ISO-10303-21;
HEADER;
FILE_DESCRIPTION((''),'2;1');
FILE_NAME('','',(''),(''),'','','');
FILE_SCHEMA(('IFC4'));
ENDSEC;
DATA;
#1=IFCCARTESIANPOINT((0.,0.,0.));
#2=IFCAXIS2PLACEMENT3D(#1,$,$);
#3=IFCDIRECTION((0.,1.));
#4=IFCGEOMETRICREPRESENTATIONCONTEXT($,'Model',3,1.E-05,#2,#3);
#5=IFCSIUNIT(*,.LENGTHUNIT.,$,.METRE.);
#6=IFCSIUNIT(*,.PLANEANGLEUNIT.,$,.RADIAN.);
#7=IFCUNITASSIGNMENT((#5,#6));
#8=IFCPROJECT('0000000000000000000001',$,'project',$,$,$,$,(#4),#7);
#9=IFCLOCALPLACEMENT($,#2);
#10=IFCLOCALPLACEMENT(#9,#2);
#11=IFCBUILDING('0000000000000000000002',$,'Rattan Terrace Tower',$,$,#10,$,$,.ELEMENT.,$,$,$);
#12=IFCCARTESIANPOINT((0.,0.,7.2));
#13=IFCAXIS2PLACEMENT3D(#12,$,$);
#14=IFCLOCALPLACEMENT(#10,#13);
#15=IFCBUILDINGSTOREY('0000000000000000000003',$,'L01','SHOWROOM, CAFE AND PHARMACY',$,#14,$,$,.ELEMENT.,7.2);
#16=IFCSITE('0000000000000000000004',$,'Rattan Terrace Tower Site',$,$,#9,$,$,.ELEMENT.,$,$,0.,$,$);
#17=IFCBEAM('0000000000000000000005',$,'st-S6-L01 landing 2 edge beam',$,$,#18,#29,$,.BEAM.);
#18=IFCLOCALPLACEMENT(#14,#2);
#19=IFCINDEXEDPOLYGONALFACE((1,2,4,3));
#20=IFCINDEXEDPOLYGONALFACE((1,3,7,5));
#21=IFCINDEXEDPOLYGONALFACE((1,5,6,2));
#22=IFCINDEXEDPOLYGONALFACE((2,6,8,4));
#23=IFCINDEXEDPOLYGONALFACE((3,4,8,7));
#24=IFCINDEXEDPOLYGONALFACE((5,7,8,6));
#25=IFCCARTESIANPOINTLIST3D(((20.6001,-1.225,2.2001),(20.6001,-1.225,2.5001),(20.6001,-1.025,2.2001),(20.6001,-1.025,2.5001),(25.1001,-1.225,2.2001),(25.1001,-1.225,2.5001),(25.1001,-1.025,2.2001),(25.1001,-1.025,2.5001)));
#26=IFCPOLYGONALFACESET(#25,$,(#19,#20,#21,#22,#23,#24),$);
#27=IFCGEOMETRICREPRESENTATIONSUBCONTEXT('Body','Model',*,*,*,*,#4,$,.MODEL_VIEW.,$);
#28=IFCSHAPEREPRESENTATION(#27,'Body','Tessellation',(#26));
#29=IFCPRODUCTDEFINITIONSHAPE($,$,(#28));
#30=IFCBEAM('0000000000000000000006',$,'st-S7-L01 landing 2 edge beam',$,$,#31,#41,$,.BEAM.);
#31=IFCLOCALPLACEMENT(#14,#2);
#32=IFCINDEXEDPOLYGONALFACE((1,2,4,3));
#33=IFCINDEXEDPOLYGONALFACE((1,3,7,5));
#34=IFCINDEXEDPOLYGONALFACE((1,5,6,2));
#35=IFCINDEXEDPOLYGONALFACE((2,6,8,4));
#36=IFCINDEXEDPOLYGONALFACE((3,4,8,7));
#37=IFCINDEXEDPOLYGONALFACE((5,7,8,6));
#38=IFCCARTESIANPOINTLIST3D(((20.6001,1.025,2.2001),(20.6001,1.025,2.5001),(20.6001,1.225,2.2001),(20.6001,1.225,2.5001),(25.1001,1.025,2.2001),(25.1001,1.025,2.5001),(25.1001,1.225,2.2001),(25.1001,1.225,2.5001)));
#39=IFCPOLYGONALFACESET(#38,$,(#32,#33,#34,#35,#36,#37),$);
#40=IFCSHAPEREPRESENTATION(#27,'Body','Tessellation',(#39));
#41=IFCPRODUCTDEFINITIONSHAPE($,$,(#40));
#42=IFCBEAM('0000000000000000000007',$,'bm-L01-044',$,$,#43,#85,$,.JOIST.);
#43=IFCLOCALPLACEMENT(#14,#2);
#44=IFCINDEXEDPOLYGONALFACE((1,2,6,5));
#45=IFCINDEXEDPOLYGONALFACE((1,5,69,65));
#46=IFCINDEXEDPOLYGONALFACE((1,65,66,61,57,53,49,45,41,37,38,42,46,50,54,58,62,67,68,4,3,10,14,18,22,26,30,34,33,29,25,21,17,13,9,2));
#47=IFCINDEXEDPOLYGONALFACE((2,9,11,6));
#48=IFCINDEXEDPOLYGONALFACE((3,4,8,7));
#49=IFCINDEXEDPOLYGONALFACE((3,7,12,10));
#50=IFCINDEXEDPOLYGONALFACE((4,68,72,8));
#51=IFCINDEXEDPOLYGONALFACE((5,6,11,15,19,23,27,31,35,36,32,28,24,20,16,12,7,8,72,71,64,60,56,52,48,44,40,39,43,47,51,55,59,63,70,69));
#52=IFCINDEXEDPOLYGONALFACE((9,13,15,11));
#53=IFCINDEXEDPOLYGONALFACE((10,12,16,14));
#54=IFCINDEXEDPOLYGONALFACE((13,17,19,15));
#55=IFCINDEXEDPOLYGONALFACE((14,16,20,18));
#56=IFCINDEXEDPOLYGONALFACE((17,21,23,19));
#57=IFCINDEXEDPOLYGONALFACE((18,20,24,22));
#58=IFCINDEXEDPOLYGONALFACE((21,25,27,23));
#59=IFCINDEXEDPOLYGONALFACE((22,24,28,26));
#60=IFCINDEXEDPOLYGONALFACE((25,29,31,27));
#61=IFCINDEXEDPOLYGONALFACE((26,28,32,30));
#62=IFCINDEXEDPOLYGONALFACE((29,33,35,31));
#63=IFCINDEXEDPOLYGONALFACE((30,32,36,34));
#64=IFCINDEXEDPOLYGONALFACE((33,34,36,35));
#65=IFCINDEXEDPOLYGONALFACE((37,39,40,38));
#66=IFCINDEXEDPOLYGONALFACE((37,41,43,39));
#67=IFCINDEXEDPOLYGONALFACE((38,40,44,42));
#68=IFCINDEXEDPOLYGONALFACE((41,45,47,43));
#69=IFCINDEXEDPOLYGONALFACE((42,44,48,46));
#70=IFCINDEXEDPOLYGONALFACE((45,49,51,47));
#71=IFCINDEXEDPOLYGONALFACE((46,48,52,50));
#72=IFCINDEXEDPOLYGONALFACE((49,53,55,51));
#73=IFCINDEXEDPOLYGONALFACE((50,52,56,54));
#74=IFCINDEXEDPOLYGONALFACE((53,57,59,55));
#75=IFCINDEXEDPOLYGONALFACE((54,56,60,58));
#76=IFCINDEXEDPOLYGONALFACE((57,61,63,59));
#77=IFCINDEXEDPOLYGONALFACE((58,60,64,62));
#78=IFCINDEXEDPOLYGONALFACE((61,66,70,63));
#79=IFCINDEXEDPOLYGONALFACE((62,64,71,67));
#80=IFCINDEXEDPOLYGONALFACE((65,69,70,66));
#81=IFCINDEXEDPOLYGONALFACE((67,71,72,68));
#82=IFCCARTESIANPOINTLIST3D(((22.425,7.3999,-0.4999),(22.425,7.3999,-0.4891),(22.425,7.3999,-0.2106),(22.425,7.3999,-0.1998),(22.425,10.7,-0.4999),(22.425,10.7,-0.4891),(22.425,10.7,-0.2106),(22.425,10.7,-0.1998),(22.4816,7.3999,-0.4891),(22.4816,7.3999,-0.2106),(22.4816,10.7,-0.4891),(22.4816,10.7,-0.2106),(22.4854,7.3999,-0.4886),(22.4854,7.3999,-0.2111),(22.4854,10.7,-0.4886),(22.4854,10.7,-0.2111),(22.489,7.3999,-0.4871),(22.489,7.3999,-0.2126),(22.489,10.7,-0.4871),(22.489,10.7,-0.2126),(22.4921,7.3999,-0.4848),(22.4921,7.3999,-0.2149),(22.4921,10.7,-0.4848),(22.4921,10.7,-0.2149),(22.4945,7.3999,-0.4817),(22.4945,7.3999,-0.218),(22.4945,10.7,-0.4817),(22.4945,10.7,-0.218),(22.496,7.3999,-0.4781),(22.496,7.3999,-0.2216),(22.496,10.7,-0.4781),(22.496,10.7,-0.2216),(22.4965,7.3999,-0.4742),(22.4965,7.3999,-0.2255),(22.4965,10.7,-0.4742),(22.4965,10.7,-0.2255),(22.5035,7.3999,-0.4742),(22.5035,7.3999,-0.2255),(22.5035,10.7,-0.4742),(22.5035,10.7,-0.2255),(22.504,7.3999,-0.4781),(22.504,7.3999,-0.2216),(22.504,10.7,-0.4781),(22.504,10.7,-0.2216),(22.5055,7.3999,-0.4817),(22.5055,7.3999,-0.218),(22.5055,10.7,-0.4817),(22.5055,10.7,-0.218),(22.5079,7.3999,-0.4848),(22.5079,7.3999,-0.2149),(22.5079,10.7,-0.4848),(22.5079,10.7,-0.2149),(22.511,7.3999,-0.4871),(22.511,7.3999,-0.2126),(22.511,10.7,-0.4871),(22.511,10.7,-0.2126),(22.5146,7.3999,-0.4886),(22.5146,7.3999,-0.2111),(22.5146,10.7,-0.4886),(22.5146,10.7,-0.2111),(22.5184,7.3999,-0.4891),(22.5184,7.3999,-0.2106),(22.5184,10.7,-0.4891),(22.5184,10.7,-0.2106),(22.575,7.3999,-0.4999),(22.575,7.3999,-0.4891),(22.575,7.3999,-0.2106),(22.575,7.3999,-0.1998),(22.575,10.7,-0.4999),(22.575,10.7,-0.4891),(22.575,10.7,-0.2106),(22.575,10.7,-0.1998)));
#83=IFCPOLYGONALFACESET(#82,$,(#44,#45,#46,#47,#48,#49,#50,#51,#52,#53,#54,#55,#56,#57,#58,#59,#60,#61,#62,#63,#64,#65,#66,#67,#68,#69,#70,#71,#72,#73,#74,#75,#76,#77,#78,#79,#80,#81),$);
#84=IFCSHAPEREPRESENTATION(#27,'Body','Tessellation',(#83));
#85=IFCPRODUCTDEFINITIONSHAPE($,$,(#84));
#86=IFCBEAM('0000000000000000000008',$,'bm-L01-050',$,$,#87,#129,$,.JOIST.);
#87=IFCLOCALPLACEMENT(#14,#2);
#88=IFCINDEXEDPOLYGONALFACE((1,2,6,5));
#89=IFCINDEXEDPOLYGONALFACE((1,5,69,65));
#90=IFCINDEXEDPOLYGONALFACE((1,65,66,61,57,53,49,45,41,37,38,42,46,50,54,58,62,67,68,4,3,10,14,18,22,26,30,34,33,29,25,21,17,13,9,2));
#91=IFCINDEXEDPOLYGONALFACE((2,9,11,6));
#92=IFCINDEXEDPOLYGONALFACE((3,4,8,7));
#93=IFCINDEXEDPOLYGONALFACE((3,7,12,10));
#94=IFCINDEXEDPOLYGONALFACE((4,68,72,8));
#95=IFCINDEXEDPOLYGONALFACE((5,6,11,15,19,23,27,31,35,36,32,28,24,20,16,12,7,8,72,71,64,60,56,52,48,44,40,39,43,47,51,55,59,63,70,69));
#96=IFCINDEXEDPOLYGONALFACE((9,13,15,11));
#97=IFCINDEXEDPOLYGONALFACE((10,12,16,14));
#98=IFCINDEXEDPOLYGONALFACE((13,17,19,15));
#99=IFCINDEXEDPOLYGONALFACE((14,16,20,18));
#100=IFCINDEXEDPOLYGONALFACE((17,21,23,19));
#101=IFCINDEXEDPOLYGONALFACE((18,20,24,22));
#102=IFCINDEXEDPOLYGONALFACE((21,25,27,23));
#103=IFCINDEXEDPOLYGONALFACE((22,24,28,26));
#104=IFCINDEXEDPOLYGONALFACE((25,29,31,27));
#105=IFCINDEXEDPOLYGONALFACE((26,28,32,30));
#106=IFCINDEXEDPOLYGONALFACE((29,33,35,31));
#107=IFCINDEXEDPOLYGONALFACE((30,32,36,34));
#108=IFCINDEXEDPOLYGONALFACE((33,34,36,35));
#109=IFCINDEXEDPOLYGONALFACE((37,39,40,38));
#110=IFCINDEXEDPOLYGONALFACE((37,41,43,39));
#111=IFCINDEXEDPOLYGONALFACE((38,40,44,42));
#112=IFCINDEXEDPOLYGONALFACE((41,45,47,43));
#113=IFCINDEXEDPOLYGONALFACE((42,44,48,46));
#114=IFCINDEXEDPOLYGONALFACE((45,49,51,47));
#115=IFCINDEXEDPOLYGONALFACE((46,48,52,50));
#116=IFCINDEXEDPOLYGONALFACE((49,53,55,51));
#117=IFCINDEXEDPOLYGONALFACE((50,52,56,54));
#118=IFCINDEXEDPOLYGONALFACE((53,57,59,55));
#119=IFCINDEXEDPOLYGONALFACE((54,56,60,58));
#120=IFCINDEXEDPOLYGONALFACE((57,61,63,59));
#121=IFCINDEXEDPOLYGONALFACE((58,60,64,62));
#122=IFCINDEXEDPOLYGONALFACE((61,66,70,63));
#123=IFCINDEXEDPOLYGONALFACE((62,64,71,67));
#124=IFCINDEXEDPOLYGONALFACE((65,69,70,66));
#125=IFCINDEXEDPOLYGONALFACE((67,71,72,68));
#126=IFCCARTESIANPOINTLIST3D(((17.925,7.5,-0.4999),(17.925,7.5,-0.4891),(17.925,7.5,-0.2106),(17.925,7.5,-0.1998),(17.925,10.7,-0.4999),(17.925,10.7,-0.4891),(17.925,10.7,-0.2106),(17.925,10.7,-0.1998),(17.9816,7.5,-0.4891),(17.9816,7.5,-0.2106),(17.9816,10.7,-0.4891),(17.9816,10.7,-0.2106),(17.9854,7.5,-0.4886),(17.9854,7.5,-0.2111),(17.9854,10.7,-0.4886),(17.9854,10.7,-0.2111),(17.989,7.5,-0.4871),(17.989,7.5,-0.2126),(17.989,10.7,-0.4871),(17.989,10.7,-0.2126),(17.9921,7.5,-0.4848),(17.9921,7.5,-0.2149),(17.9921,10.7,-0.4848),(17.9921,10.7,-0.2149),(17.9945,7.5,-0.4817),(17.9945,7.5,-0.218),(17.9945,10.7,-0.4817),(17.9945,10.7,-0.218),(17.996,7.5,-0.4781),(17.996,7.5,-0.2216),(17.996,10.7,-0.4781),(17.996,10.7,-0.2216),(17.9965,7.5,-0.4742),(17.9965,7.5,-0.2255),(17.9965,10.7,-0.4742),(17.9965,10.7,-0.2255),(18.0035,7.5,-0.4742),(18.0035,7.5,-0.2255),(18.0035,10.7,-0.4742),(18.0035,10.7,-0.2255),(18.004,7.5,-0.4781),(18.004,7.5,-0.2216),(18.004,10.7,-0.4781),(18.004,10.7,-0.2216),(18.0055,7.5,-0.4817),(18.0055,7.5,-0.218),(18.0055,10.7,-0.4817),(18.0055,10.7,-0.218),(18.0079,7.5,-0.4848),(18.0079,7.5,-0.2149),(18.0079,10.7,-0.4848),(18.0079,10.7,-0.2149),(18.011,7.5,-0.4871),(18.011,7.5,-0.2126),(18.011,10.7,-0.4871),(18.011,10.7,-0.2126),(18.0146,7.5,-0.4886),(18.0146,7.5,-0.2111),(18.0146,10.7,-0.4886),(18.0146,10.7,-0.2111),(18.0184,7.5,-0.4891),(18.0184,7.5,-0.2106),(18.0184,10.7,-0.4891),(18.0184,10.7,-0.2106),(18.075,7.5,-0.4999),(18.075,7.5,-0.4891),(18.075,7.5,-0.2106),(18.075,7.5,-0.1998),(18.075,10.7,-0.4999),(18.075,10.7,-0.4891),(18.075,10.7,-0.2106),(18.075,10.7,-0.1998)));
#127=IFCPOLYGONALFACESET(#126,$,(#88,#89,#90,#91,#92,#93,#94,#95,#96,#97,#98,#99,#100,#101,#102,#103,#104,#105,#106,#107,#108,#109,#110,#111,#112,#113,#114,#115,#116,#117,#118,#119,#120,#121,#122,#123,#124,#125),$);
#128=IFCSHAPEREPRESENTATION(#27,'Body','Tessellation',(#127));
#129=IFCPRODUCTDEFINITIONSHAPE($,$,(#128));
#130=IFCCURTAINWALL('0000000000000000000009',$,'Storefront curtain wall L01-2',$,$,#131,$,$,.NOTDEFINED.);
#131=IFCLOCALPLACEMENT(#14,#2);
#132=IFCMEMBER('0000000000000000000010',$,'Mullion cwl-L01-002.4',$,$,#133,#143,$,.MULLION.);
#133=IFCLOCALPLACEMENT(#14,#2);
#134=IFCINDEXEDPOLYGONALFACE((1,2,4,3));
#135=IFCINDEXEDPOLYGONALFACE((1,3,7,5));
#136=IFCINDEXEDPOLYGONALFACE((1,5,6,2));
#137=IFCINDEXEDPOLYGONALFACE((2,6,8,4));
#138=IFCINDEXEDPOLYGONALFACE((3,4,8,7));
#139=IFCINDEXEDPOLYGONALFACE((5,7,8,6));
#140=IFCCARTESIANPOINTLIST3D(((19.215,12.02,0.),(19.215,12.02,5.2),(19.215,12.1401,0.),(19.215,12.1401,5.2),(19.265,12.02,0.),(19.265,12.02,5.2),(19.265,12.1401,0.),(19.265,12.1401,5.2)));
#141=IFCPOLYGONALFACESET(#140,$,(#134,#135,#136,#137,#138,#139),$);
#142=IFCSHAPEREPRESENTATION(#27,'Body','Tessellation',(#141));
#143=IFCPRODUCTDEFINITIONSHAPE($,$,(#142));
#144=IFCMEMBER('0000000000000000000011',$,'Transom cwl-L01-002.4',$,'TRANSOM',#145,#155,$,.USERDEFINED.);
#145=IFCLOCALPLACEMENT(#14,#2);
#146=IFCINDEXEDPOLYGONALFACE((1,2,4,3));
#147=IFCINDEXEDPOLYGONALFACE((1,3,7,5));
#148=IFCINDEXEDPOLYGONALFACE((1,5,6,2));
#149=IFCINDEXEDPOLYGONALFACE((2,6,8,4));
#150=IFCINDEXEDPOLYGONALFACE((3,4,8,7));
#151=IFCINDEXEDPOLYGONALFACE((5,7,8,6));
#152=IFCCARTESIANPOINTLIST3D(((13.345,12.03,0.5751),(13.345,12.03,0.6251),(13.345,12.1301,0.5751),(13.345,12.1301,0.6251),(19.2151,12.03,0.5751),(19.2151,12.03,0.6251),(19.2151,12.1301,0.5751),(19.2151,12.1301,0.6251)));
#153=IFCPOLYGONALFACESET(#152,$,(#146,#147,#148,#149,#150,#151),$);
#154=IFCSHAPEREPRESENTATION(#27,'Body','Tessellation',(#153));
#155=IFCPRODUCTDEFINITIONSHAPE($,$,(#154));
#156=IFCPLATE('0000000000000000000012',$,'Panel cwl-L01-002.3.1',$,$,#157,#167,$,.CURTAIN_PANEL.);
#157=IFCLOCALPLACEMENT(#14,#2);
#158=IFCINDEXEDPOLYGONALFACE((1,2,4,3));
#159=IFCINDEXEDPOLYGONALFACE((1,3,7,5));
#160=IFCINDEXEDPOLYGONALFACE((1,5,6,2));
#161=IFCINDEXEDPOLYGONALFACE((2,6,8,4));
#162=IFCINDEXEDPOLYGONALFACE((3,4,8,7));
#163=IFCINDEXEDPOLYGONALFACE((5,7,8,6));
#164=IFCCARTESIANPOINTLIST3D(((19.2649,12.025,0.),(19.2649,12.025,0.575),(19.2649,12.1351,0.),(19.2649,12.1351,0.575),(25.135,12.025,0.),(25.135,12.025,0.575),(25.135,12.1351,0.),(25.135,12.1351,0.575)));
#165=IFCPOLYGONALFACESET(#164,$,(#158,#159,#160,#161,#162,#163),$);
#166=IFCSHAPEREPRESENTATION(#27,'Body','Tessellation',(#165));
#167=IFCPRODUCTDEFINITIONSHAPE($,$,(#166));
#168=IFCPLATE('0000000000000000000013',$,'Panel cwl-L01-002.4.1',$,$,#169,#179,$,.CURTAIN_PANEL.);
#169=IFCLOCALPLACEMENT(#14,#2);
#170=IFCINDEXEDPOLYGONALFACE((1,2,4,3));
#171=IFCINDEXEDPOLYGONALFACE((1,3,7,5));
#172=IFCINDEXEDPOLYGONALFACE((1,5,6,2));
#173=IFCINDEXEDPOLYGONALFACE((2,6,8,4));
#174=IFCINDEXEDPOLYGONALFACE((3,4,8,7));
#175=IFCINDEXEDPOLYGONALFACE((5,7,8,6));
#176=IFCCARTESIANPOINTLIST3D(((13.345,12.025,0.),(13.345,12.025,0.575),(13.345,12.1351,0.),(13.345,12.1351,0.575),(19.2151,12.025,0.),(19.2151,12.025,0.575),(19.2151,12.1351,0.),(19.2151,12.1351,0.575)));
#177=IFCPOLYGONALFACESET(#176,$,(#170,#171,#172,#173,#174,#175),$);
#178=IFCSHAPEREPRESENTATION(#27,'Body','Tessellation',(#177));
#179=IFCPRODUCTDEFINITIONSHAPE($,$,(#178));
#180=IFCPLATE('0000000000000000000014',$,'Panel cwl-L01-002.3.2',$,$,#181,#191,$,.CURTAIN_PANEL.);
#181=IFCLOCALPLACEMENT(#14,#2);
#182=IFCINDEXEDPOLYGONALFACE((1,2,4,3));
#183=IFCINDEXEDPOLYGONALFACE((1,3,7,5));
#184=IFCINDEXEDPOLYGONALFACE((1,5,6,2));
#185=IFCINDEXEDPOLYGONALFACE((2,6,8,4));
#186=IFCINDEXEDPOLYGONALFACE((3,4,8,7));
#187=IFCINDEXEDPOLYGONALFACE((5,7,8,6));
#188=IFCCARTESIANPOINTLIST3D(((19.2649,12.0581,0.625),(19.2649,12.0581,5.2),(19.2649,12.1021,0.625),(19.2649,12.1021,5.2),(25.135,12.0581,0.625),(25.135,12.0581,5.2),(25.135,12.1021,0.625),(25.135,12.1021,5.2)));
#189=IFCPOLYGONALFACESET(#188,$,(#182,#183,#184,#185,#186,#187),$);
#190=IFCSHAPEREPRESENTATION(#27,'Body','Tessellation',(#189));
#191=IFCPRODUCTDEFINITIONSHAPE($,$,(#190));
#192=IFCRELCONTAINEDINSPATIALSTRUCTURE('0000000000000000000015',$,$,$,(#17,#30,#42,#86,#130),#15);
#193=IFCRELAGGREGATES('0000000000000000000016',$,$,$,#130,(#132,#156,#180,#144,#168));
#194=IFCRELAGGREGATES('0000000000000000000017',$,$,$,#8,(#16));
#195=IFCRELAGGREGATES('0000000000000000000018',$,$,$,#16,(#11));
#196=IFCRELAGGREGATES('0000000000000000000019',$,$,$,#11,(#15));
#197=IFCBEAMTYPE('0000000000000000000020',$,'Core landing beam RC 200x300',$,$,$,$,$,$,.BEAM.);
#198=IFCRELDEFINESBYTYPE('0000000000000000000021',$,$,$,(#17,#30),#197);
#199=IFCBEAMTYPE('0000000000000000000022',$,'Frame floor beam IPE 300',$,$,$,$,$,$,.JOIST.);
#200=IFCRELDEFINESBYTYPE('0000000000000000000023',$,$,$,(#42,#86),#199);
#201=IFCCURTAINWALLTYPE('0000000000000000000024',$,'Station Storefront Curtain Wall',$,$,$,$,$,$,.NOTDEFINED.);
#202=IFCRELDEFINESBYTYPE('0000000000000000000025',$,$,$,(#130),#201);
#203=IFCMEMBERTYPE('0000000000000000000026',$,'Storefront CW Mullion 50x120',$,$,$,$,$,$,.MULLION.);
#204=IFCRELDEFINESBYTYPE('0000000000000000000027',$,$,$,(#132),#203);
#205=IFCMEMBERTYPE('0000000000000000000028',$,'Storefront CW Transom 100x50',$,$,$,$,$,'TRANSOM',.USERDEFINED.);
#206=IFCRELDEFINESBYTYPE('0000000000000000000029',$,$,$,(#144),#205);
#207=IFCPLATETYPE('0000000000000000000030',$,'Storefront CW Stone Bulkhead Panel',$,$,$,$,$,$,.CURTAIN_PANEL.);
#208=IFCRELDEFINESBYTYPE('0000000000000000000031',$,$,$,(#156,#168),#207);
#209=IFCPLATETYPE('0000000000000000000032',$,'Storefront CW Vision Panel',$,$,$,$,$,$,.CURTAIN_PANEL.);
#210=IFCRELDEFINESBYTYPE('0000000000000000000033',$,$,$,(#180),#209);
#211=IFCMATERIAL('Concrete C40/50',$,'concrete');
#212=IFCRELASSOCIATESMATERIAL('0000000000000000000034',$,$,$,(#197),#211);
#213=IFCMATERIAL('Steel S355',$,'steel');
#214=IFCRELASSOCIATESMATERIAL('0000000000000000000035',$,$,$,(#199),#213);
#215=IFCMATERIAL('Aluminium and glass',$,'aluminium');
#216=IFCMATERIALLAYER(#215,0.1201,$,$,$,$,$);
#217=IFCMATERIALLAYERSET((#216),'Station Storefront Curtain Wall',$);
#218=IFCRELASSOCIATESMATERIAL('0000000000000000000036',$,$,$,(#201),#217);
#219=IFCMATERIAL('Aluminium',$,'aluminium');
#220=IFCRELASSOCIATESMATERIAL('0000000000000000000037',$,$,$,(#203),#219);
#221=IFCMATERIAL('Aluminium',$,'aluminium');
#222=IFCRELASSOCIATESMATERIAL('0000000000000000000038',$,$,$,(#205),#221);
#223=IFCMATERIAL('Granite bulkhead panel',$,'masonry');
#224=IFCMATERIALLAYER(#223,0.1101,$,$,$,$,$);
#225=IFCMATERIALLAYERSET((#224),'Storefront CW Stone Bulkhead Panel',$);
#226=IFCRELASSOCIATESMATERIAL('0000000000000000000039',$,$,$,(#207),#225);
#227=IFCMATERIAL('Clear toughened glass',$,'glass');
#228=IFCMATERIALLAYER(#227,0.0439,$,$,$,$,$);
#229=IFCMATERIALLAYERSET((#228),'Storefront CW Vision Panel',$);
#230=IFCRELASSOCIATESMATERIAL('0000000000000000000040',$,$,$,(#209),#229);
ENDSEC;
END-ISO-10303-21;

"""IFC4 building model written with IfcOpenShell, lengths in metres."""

from ifc_helpers import new_model, si_unit, direction, frame, origin, origin_2d, place, context, subcontext, project, spatial, rectangle, i_section, extrude, material, layer, layer_set, material_profile, profile_set, type_object, element, aggregate, save


model = new_model("IFC4")

# Units and contexts
model_context = context("Model", 3, precision=1e-05, world=origin(), true_north=direction((0.0, 1.0)))
body_context = subcontext(model_context, "Body", "Model", "MODEL_VIEW")
ifc_project = project(units=[si_unit("LENGTHUNIT", "METRE"), si_unit("PLANEANGLEUNIT", "RADIAN")], contexts=[model_context])

# Site, building, storey
site_placement = place(None, origin())
site = spatial("IfcSite", under=ifc_project, at=site_placement, Name="Rattan Terrace Tower Site", CompositionType="ELEMENT", RefElevation=0.0)
building_placement = place(site_placement, origin())
building = spatial("IfcBuilding", under=site, at=building_placement, Name="Rattan Terrace Tower", CompositionType="ELEMENT")
storey_placement = place(building_placement, frame((0.0, 0.0, 7.2)))
storey = spatial("IfcBuildingStorey", under=building, at=storey_placement, Name="L01", Description="SHOWROOM, CAFE AND PHARMACY", CompositionType="ELEMENT", Elevation=7.2)

# Beams
ifc_material_1 = material(Name="Concrete C40/50", Category="concrete")
ifc_material_profile_1 = material_profile(ifc_material_1, rectangle(XDim=0.2, YDim=0.3, at=origin_2d()), Name="RC 200x300")
ifc_profile_set_1 = profile_set([ifc_material_profile_1], Name="Concrete C40/50")
beam_type_1 = type_object("IfcBeamType", Name="Core landing beam RC 200x300", PredefinedType="BEAM", material=ifc_profile_set_1)
for number, where, z_axis, x_axis, name in (
    (1, (20.6001, -1.125, 2.3501), (1.0, 0.0, 0.0), (0.0, 1.0, 0.0), "st-S6-L01 landing 2 edge beam"),
    (2, (20.6001, 1.125, 2.3501), (1.0, 0.0, 0.0), (0.0, 1.0, 0.0), "st-S7-L01 landing 2 edge beam"),
):
    element("IfcBeam", number, at=place(storey_placement, frame(where, z_axis=z_axis, x_axis=x_axis)), inside=storey, type_object=beam_type_1, Name=name, PredefinedType="BEAM", context=body_context, shape_type="SweptSolid", body=[
        extrude(rectangle(XDim=0.2, YDim=0.3, at=origin_2d()), origin(), (0.0, 0.0, 1.0), 4.5),
    ])
ifc_material_2 = material(Name="Steel S355", Category="steel")
ifc_material_profile_2 = material_profile(ifc_material_2, i_section(OverallWidth=0.1499, OverallDepth=0.3, WebThickness=0.0071, FlangeThickness=0.0107, FilletRadius=0.0149, at=origin_2d()), Name="IPE 300")
ifc_profile_set_2 = profile_set([ifc_material_profile_2], Name="Steel S355")
beam_type_2 = type_object("IfcBeamType", Name="Frame floor beam IPE 300", PredefinedType="JOIST", material=ifc_profile_set_2)
beam_1_placement = place(storey_placement, frame((22.5, 7.3999, -0.3499), z_axis=(0.0, 1.0, 0.0), x_axis=(-1.0, 0.0, 0.0)))
element("IfcBeam", 3, at=beam_1_placement, inside=storey, type_object=beam_type_2, Name="bm-L01-044", PredefinedType="JOIST", context=body_context, shape_type="SweptSolid", body=[
    extrude(i_section(OverallWidth=0.1499, OverallDepth=0.3, WebThickness=0.0071, FlangeThickness=0.0107, FilletRadius=0.0149, at=origin_2d()), origin(), (0.0, 0.0, 1.0), 3.3),
])
beam_2_placement = place(storey_placement, frame((18.0, 7.5, -0.3499), z_axis=(0.0, 1.0, 0.0), x_axis=(-1.0, 0.0, 0.0)))
element("IfcBeam", 4, at=beam_2_placement, inside=storey, type_object=beam_type_2, Name="bm-L01-050", PredefinedType="JOIST", context=body_context, shape_type="SweptSolid", body=[
    extrude(i_section(OverallWidth=0.1499, OverallDepth=0.3, WebThickness=0.0071, FlangeThickness=0.0107, FilletRadius=0.0149, at=origin_2d()), origin(), (0.0, 0.0, 1.0), 3.2),
])

# Curtain wall, members, plates
ifc_material_3 = material(Name="Aluminium and glass", Category="aluminium")
ifc_layer_1 = layer(ifc_material_3, 0.1201)
ifc_layer_set_1 = layer_set([ifc_layer_1], Name="Station Storefront Curtain Wall")
curtain_wall_type = type_object("IfcCurtainWallType", Name="Station Storefront Curtain Wall", PredefinedType="NOTDEFINED", material=ifc_layer_set_1)
curtain_wall_placement = place(storey_placement, origin())
curtain_wall = element("IfcCurtainWall", 5, at=curtain_wall_placement, inside=storey, type_object=curtain_wall_type, Name="Storefront curtain wall L01-2", PredefinedType="NOTDEFINED")
ifc_material_4 = material(Name="Aluminium", Category="aluminium")
ifc_material_profile_3 = material_profile(ifc_material_4, rectangle(XDim=0.05, YDim=0.1201, at=origin_2d()), Name="Aluminium 50x120")
ifc_profile_set_3 = profile_set([ifc_material_profile_3], Name="Aluminium")
member_type_1 = type_object("IfcMemberType", Name="Storefront CW Mullion 50x120", PredefinedType="MULLION", material=ifc_profile_set_3)
member_1_placement = place(storey_placement, frame((19.24, 12.0801, 0.0), z_axis=(0.0, 0.0, 1.0), x_axis=(-1.0, 0.0, 0.0)))
member_1 = element("IfcMember", 6, at=member_1_placement, type_object=member_type_1, Name="Mullion cwl-L01-002.4", PredefinedType="MULLION", context=body_context, shape_type="SweptSolid", body=[
    extrude(rectangle(XDim=0.05, YDim=0.1201, at=origin_2d()), origin(), (0.0, 0.0, 1.0), 5.2),
])
ifc_material_5 = material(Name="Aluminium", Category="aluminium")
ifc_material_profile_4 = material_profile(ifc_material_5, rectangle(XDim=0.1001, YDim=0.05, at=origin_2d()), Name="Aluminium 100x50")
ifc_profile_set_4 = profile_set([ifc_material_profile_4], Name="Aluminium")
member_type_2 = type_object("IfcMemberType", Name="Storefront CW Transom 100x50", ElementType="TRANSOM", PredefinedType="USERDEFINED", material=ifc_profile_set_4)
member_2_placement = place(storey_placement, frame((19.2151, 12.0801, 0.6001), z_axis=(-1.0, 0.0, 0.0), x_axis=(0.0, -1.0, 0.0)))
member_2 = element("IfcMember", 7, at=member_2_placement, type_object=member_type_2, Name="Transom cwl-L01-002.4", ObjectType="TRANSOM", PredefinedType="USERDEFINED", context=body_context, shape_type="SweptSolid", body=[
    extrude(rectangle(XDim=0.1001, YDim=0.05, at=origin_2d()), origin(), (0.0, 0.0, 1.0), 5.8701),
])
ifc_material_6 = material(Name="Granite bulkhead panel", Category="masonry")
ifc_layer_2 = layer(ifc_material_6, 0.1101)
ifc_layer_set_2 = layer_set([ifc_layer_2], Name="Storefront CW Stone Bulkhead Panel")
plate_type_1 = type_object("IfcPlateType", Name="Storefront CW Stone Bulkhead Panel", PredefinedType="CURTAIN_PANEL", material=ifc_layer_set_2)
plate_1_placement = place(storey_placement, frame((22.2, 12.0801, 0.0), z_axis=(0.0, 0.0, 1.0), x_axis=(-1.0, 0.0, 0.0)))
plate_1 = element("IfcPlate", 8, at=plate_1_placement, type_object=plate_type_1, Name="Panel cwl-L01-002.3.1", PredefinedType="CURTAIN_PANEL", context=body_context, shape_type="SweptSolid", body=[
    extrude(rectangle(XDim=5.8701, YDim=0.1101, at=origin_2d()), origin(), (0.0, 0.0, 1.0), 0.575),
])
plate_2_placement = place(storey_placement, frame((16.28, 12.0801, 0.0), z_axis=(0.0, 0.0, 1.0), x_axis=(-1.0, 0.0, 0.0)))
plate_2 = element("IfcPlate", 9, at=plate_2_placement, type_object=plate_type_1, Name="Panel cwl-L01-002.4.1", PredefinedType="CURTAIN_PANEL", context=body_context, shape_type="SweptSolid", body=[
    extrude(rectangle(XDim=5.8701, YDim=0.1101, at=origin_2d()), origin(), (0.0, 0.0, 1.0), 0.575),
])
ifc_material_7 = material(Name="Clear toughened glass", Category="glass")
ifc_layer_3 = layer(ifc_material_7, 0.0439)
ifc_layer_set_3 = layer_set([ifc_layer_3], Name="Storefront CW Vision Panel")
plate_type_2 = type_object("IfcPlateType", Name="Storefront CW Vision Panel", PredefinedType="CURTAIN_PANEL", material=ifc_layer_set_3)
plate_3_placement = place(storey_placement, frame((22.2, 12.0801, 0.625), z_axis=(0.0, 0.0, 1.0), x_axis=(-1.0, 0.0, 0.0)))
plate_3 = element("IfcPlate", 10, at=plate_3_placement, type_object=plate_type_2, Name="Panel cwl-L01-002.3.2", PredefinedType="CURTAIN_PANEL", context=body_context, shape_type="SweptSolid", body=[
    extrude(rectangle(XDim=5.8701, YDim=0.0439, at=origin_2d()), origin(), (0.0, 0.0, 1.0), 4.575),
])
aggregate(curtain_wall, [member_1, plate_1, plate_3, member_2, plate_2])

save(model, "model.ifc")
